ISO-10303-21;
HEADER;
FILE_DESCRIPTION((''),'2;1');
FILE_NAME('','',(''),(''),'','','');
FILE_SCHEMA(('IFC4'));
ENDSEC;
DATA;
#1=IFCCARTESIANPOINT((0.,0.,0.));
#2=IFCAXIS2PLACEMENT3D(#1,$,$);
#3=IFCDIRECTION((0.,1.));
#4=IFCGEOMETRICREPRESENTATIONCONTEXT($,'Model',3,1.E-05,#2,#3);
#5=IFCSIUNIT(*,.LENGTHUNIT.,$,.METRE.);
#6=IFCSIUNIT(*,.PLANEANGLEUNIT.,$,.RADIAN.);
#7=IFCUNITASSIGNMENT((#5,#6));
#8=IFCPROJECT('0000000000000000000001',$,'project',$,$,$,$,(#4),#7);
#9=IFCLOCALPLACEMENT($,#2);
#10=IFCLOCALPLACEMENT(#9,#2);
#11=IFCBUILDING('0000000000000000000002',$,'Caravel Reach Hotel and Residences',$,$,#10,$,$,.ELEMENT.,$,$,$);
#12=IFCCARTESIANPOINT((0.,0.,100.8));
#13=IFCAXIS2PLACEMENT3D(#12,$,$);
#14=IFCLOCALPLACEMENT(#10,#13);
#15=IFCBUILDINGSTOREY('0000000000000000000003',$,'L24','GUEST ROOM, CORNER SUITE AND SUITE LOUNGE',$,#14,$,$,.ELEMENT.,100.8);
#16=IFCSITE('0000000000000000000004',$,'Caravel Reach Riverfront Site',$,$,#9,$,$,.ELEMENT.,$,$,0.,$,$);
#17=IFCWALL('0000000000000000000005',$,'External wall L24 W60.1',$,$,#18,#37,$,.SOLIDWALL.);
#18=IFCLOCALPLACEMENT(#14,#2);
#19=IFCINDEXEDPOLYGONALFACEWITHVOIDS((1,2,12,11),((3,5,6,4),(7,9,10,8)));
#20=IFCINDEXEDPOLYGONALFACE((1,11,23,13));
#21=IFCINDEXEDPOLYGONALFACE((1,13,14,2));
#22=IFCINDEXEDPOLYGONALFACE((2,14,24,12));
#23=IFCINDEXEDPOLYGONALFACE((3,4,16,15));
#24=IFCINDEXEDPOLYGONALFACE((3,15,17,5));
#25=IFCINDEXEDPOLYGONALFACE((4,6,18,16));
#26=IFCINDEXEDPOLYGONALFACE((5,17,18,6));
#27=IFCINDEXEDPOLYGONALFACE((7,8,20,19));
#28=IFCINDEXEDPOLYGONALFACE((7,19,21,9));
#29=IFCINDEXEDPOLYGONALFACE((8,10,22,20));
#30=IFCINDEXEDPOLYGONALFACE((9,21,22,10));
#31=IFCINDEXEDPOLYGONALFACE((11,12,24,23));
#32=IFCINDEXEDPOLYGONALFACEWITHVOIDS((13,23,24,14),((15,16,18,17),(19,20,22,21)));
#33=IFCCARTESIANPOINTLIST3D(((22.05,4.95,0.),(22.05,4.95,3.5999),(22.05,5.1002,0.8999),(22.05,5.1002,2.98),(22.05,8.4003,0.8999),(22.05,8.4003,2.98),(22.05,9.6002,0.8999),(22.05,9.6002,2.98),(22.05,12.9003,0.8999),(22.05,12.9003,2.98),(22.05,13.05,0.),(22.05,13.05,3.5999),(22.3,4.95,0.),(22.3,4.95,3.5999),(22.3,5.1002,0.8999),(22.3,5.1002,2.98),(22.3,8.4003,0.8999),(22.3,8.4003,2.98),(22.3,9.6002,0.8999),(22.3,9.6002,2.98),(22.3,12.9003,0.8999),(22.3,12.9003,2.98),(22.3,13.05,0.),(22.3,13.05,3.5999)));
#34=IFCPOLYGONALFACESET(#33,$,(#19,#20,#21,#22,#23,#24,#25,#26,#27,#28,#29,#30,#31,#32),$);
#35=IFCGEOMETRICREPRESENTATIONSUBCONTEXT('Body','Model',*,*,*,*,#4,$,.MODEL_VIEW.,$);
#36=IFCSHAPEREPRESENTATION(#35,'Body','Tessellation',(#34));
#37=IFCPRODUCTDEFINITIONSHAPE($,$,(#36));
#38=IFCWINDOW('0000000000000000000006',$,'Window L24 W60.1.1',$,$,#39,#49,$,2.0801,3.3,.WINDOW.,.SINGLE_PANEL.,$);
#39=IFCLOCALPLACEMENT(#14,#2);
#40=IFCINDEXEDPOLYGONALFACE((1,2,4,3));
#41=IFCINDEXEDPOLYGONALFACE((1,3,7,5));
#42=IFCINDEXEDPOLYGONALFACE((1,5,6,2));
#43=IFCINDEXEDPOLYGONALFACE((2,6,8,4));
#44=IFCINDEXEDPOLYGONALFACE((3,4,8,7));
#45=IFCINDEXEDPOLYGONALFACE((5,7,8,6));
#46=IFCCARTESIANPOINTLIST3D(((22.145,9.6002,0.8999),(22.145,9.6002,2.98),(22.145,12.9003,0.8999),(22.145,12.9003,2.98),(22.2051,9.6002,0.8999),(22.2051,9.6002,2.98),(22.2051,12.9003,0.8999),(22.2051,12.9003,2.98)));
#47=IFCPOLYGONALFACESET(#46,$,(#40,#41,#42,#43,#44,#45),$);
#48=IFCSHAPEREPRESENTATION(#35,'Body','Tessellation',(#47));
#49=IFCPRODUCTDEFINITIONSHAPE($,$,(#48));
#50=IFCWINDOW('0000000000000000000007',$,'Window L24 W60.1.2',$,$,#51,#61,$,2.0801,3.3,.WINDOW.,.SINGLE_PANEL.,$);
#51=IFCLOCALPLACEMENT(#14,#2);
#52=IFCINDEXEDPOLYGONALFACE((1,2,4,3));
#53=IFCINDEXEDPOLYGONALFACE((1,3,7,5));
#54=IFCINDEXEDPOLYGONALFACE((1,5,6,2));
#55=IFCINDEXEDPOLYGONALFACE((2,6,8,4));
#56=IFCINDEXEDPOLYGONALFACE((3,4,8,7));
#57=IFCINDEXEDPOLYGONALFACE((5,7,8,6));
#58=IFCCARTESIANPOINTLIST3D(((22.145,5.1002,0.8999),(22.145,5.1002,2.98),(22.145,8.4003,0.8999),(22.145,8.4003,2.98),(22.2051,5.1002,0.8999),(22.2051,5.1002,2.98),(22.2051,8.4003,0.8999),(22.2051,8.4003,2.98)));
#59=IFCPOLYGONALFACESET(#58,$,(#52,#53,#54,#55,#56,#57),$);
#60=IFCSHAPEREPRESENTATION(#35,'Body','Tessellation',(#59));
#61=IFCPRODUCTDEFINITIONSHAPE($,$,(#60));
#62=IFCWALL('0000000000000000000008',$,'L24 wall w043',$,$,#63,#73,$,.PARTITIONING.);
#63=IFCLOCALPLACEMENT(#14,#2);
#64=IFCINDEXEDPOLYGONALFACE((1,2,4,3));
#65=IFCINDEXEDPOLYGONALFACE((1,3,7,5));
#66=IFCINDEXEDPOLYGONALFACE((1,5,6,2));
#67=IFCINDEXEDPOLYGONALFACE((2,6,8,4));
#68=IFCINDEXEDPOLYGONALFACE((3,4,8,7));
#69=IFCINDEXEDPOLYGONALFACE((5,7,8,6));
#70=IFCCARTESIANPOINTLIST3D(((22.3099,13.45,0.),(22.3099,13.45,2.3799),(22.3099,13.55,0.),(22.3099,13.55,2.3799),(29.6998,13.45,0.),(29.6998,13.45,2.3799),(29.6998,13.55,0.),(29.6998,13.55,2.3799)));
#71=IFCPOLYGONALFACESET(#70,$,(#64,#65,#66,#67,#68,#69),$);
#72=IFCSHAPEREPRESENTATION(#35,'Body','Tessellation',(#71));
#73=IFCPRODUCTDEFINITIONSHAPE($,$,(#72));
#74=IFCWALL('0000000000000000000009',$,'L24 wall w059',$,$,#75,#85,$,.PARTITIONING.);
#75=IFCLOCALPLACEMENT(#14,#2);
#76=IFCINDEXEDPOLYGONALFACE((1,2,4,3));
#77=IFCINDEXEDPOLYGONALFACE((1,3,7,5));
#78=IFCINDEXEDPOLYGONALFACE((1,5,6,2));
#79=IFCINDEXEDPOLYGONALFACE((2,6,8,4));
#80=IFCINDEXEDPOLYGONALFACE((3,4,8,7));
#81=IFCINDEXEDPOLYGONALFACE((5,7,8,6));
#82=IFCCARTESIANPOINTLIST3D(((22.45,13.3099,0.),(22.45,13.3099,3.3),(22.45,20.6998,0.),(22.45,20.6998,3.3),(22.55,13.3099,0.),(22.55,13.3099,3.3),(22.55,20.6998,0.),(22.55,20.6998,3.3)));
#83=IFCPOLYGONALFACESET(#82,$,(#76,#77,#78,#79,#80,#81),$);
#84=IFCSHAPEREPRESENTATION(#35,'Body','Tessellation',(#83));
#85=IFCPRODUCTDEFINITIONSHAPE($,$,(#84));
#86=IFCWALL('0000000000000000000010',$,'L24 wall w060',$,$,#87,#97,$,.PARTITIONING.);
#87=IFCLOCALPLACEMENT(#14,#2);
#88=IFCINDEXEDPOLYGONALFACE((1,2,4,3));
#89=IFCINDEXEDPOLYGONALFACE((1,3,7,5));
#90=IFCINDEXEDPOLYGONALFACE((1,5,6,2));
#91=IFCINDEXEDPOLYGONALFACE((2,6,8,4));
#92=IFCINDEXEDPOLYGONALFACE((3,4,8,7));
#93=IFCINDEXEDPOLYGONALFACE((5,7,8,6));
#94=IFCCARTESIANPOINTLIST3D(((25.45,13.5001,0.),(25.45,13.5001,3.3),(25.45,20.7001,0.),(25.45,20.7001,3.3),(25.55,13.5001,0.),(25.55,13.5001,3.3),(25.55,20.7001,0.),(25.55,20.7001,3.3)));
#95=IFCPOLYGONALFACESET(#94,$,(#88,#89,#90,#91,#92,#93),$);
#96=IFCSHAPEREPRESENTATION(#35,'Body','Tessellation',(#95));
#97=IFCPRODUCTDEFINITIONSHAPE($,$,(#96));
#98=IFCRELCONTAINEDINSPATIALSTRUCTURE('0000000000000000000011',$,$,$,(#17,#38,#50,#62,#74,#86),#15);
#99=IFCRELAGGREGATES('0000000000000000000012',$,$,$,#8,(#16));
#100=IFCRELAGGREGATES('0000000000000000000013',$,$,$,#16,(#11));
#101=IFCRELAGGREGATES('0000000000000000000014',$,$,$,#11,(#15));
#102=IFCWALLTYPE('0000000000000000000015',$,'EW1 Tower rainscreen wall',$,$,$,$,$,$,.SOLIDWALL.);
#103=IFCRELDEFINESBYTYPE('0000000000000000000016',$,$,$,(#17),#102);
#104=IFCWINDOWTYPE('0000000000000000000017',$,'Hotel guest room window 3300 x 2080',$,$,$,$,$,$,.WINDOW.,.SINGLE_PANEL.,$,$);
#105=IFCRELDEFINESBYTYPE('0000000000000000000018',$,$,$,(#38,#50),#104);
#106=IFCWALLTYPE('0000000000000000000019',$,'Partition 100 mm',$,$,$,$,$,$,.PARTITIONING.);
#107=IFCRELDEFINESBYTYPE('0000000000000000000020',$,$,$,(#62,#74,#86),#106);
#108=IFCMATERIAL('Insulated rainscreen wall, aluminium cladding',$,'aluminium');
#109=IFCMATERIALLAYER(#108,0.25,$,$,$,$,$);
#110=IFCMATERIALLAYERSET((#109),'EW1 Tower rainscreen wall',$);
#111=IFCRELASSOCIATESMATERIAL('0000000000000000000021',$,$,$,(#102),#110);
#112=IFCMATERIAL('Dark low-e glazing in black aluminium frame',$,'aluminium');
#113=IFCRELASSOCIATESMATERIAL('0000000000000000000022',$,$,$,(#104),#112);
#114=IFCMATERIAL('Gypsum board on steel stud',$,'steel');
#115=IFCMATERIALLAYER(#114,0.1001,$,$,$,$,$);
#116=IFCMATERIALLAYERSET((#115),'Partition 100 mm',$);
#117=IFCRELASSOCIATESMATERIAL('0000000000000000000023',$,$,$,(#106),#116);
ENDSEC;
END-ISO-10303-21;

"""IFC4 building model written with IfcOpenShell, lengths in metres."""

from ifc_helpers import new_model, si_unit, direction, frame, frame_2d, origin, place, context, subcontext, project, spatial, rectangle, extrude, material, layer, layer_set, type_object, element, fill, save


model = new_model("IFC4")

# Units and contexts
model_context = context("Model", 3, precision=1e-05, world=origin(), true_north=direction((0.0, 1.0)))
body_context = subcontext(model_context, "Body", "Model", "MODEL_VIEW")
ifc_project = project(units=[si_unit("LENGTHUNIT", "METRE"), si_unit("PLANEANGLEUNIT", "RADIAN")], contexts=[model_context])

# Site, building, storey
site_placement = place(None, origin())
site = spatial("IfcSite", under=ifc_project, at=site_placement, Name="Caravel Reach Riverfront Site", CompositionType="ELEMENT", RefElevation=0.0)
building_placement = place(site_placement, origin())
building = spatial("IfcBuilding", under=site, at=building_placement, Name="Caravel Reach Hotel and Residences", CompositionType="ELEMENT")
storey_placement = place(building_placement, frame((0.0, 0.0, 100.8)))
storey = spatial("IfcBuildingStorey", under=building, at=storey_placement, Name="L24", Description="GUEST ROOM, CORNER SUITE AND SUITE LOUNGE", CompositionType="ELEMENT", Elevation=100.8)

# Shared definitions
ifc_material_1 = material(Name="Insulated rainscreen wall, aluminium cladding", Category="aluminium")
ifc_layer_1 = layer(ifc_material_1, 0.25)
ifc_layer_set_1 = layer_set([ifc_layer_1], Name="EW1 Tower rainscreen wall")
wall_type_1 = type_object("IfcWallType", Name="EW1 Tower rainscreen wall", PredefinedType="SOLIDWALL", material=ifc_layer_set_1)
ifc_material_2 = material(Name="Dark low-e glazing in black aluminium frame", Category="aluminium")
window_type = type_object("IfcWindowType", Name="Hotel guest room window 3300 x 2080", PartitioningType="SINGLE_PANEL", PredefinedType="WINDOW", material=ifc_material_2)

# Wall, openings, windows
wall_1_placement = place(storey_placement, frame((22.175, 13.05, 0.0), z_axis=(0.0, 0.0, 1.0), x_axis=(0.0, -1.0, 0.0)))
wall_1 = element("IfcWall", 1, at=wall_1_placement, inside=storey, type_object=wall_type_1, Name="External wall L24 W60.1", PredefinedType="SOLIDWALL", context=body_context, shape_type="SweptSolid", body=[
    extrude(rectangle(XDim=8.1001, YDim=0.25, at=frame_2d((4.05, 0.0))), origin(), (0.0, 0.0, 1.0), 3.5999),
])
opening_1_placement = place(wall_1_placement, frame((0.1499, 0.0, 0.8999)))
opening_1 = element("IfcOpeningElement", 2, at=opening_1_placement, cuts=wall_1, PredefinedType="OPENING", context=body_context, shape_type="SweptSolid", body=[
    extrude(rectangle(XDim=3.3, YDim=2.0801, at=frame_2d((1.6499, 1.04))), frame((0.0, 0.135, 0.0), z_axis=(0.0, -1.0, 0.0), x_axis=(1.0, 0.0, 0.0)), (0.0, 0.0, 1.0), 0.27),
])
opening_2_placement = place(wall_1_placement, frame((4.6499, 0.0, 0.8999)))
opening_2 = element("IfcOpeningElement", 3, at=opening_2_placement, cuts=wall_1, PredefinedType="OPENING", context=body_context, shape_type="SweptSolid", body=[
    extrude(rectangle(XDim=3.3, YDim=2.0801, at=frame_2d((1.6499, 1.04))), frame((0.0, 0.135, 0.0), z_axis=(0.0, -1.0, 0.0), x_axis=(1.0, 0.0, 0.0)), (0.0, 0.0, 1.0), 0.27),
])
window_1_placement = place(opening_1_placement, origin())
window_1 = element("IfcWindow", 4, at=window_1_placement, inside=storey, type_object=window_type, Name="Window L24 W60.1.1", OverallHeight=2.0801, OverallWidth=3.3, PartitioningType="SINGLE_PANEL", PredefinedType="WINDOW", context=body_context, shape_type="SweptSolid", body=[
    extrude(rectangle(XDim=3.3, YDim=2.0801, at=frame_2d((1.6499, 1.04))), frame((0.0, 0.03, 0.0), z_axis=(0.0, -1.0, 0.0), x_axis=(1.0, 0.0, 0.0)), (0.0, 0.0, 1.0), 0.0601),
])
fill(opening_1, window_1)
window_2_placement = place(opening_2_placement, origin())
window_2 = element("IfcWindow", 5, at=window_2_placement, inside=storey, type_object=window_type, Name="Window L24 W60.1.2", OverallHeight=2.0801, OverallWidth=3.3, PartitioningType="SINGLE_PANEL", PredefinedType="WINDOW", context=body_context, shape_type="SweptSolid", body=[
    extrude(rectangle(XDim=3.3, YDim=2.0801, at=frame_2d((1.6499, 1.04))), frame((0.0, 0.03, 0.0), z_axis=(0.0, -1.0, 0.0), x_axis=(1.0, 0.0, 0.0)), (0.0, 0.0, 1.0), 0.0601),
])
fill(opening_2, window_2)

# Walls
ifc_material_3 = material(Name="Gypsum board on steel stud", Category="steel")
ifc_layer_2 = layer(ifc_material_3, 0.1001)
ifc_layer_set_2 = layer_set([ifc_layer_2], Name="Partition 100 mm")
wall_type_2 = type_object("IfcWallType", Name="Partition 100 mm", PredefinedType="PARTITIONING", material=ifc_layer_set_2)
wall_2_placement = place(storey_placement, frame((22.3101, 13.5, 0.0), z_axis=(0.0, 0.0, 1.0), x_axis=(1.0, 0.0, 0.0)))
element("IfcWall", 6, at=wall_2_placement, inside=storey, type_object=wall_type_2, Name="L24 wall w043", PredefinedType="PARTITIONING", context=body_context, shape_type="SweptSolid", body=[
    extrude(rectangle(XDim=7.3899, YDim=0.1001, at=frame_2d((3.6948, 0.0))), origin(), (0.0, 0.0, 1.0), 2.3799),
])
wall_3_placement = place(storey_placement, frame((22.5, 13.3101, 0.0), z_axis=(0.0, 0.0, 1.0), x_axis=(0.0, 1.0, 0.0)))
element("IfcWall", 7, at=wall_3_placement, inside=storey, type_object=wall_type_2, Name="L24 wall w059", PredefinedType="PARTITIONING", context=body_context, shape_type="SweptSolid", body=[
    extrude(rectangle(XDim=7.3899, YDim=0.1001, at=frame_2d((3.6948, 0.0))), origin(), (0.0, 0.0, 1.0), 3.3),
])
wall_4_placement = place(storey_placement, frame((25.5, 13.5, 0.0), z_axis=(0.0, 0.0, 1.0), x_axis=(0.0, 1.0, 0.0)))
element("IfcWall", 8, at=wall_4_placement, inside=storey, type_object=wall_type_2, Name="L24 wall w060", PredefinedType="PARTITIONING", context=body_context, shape_type="SweptSolid", body=[
    extrude(rectangle(XDim=7.2, YDim=0.1001, at=frame_2d((3.6001, 0.0))), origin(), (0.0, 0.0, 1.0), 3.3),
])

save(model, "model.ifc")
